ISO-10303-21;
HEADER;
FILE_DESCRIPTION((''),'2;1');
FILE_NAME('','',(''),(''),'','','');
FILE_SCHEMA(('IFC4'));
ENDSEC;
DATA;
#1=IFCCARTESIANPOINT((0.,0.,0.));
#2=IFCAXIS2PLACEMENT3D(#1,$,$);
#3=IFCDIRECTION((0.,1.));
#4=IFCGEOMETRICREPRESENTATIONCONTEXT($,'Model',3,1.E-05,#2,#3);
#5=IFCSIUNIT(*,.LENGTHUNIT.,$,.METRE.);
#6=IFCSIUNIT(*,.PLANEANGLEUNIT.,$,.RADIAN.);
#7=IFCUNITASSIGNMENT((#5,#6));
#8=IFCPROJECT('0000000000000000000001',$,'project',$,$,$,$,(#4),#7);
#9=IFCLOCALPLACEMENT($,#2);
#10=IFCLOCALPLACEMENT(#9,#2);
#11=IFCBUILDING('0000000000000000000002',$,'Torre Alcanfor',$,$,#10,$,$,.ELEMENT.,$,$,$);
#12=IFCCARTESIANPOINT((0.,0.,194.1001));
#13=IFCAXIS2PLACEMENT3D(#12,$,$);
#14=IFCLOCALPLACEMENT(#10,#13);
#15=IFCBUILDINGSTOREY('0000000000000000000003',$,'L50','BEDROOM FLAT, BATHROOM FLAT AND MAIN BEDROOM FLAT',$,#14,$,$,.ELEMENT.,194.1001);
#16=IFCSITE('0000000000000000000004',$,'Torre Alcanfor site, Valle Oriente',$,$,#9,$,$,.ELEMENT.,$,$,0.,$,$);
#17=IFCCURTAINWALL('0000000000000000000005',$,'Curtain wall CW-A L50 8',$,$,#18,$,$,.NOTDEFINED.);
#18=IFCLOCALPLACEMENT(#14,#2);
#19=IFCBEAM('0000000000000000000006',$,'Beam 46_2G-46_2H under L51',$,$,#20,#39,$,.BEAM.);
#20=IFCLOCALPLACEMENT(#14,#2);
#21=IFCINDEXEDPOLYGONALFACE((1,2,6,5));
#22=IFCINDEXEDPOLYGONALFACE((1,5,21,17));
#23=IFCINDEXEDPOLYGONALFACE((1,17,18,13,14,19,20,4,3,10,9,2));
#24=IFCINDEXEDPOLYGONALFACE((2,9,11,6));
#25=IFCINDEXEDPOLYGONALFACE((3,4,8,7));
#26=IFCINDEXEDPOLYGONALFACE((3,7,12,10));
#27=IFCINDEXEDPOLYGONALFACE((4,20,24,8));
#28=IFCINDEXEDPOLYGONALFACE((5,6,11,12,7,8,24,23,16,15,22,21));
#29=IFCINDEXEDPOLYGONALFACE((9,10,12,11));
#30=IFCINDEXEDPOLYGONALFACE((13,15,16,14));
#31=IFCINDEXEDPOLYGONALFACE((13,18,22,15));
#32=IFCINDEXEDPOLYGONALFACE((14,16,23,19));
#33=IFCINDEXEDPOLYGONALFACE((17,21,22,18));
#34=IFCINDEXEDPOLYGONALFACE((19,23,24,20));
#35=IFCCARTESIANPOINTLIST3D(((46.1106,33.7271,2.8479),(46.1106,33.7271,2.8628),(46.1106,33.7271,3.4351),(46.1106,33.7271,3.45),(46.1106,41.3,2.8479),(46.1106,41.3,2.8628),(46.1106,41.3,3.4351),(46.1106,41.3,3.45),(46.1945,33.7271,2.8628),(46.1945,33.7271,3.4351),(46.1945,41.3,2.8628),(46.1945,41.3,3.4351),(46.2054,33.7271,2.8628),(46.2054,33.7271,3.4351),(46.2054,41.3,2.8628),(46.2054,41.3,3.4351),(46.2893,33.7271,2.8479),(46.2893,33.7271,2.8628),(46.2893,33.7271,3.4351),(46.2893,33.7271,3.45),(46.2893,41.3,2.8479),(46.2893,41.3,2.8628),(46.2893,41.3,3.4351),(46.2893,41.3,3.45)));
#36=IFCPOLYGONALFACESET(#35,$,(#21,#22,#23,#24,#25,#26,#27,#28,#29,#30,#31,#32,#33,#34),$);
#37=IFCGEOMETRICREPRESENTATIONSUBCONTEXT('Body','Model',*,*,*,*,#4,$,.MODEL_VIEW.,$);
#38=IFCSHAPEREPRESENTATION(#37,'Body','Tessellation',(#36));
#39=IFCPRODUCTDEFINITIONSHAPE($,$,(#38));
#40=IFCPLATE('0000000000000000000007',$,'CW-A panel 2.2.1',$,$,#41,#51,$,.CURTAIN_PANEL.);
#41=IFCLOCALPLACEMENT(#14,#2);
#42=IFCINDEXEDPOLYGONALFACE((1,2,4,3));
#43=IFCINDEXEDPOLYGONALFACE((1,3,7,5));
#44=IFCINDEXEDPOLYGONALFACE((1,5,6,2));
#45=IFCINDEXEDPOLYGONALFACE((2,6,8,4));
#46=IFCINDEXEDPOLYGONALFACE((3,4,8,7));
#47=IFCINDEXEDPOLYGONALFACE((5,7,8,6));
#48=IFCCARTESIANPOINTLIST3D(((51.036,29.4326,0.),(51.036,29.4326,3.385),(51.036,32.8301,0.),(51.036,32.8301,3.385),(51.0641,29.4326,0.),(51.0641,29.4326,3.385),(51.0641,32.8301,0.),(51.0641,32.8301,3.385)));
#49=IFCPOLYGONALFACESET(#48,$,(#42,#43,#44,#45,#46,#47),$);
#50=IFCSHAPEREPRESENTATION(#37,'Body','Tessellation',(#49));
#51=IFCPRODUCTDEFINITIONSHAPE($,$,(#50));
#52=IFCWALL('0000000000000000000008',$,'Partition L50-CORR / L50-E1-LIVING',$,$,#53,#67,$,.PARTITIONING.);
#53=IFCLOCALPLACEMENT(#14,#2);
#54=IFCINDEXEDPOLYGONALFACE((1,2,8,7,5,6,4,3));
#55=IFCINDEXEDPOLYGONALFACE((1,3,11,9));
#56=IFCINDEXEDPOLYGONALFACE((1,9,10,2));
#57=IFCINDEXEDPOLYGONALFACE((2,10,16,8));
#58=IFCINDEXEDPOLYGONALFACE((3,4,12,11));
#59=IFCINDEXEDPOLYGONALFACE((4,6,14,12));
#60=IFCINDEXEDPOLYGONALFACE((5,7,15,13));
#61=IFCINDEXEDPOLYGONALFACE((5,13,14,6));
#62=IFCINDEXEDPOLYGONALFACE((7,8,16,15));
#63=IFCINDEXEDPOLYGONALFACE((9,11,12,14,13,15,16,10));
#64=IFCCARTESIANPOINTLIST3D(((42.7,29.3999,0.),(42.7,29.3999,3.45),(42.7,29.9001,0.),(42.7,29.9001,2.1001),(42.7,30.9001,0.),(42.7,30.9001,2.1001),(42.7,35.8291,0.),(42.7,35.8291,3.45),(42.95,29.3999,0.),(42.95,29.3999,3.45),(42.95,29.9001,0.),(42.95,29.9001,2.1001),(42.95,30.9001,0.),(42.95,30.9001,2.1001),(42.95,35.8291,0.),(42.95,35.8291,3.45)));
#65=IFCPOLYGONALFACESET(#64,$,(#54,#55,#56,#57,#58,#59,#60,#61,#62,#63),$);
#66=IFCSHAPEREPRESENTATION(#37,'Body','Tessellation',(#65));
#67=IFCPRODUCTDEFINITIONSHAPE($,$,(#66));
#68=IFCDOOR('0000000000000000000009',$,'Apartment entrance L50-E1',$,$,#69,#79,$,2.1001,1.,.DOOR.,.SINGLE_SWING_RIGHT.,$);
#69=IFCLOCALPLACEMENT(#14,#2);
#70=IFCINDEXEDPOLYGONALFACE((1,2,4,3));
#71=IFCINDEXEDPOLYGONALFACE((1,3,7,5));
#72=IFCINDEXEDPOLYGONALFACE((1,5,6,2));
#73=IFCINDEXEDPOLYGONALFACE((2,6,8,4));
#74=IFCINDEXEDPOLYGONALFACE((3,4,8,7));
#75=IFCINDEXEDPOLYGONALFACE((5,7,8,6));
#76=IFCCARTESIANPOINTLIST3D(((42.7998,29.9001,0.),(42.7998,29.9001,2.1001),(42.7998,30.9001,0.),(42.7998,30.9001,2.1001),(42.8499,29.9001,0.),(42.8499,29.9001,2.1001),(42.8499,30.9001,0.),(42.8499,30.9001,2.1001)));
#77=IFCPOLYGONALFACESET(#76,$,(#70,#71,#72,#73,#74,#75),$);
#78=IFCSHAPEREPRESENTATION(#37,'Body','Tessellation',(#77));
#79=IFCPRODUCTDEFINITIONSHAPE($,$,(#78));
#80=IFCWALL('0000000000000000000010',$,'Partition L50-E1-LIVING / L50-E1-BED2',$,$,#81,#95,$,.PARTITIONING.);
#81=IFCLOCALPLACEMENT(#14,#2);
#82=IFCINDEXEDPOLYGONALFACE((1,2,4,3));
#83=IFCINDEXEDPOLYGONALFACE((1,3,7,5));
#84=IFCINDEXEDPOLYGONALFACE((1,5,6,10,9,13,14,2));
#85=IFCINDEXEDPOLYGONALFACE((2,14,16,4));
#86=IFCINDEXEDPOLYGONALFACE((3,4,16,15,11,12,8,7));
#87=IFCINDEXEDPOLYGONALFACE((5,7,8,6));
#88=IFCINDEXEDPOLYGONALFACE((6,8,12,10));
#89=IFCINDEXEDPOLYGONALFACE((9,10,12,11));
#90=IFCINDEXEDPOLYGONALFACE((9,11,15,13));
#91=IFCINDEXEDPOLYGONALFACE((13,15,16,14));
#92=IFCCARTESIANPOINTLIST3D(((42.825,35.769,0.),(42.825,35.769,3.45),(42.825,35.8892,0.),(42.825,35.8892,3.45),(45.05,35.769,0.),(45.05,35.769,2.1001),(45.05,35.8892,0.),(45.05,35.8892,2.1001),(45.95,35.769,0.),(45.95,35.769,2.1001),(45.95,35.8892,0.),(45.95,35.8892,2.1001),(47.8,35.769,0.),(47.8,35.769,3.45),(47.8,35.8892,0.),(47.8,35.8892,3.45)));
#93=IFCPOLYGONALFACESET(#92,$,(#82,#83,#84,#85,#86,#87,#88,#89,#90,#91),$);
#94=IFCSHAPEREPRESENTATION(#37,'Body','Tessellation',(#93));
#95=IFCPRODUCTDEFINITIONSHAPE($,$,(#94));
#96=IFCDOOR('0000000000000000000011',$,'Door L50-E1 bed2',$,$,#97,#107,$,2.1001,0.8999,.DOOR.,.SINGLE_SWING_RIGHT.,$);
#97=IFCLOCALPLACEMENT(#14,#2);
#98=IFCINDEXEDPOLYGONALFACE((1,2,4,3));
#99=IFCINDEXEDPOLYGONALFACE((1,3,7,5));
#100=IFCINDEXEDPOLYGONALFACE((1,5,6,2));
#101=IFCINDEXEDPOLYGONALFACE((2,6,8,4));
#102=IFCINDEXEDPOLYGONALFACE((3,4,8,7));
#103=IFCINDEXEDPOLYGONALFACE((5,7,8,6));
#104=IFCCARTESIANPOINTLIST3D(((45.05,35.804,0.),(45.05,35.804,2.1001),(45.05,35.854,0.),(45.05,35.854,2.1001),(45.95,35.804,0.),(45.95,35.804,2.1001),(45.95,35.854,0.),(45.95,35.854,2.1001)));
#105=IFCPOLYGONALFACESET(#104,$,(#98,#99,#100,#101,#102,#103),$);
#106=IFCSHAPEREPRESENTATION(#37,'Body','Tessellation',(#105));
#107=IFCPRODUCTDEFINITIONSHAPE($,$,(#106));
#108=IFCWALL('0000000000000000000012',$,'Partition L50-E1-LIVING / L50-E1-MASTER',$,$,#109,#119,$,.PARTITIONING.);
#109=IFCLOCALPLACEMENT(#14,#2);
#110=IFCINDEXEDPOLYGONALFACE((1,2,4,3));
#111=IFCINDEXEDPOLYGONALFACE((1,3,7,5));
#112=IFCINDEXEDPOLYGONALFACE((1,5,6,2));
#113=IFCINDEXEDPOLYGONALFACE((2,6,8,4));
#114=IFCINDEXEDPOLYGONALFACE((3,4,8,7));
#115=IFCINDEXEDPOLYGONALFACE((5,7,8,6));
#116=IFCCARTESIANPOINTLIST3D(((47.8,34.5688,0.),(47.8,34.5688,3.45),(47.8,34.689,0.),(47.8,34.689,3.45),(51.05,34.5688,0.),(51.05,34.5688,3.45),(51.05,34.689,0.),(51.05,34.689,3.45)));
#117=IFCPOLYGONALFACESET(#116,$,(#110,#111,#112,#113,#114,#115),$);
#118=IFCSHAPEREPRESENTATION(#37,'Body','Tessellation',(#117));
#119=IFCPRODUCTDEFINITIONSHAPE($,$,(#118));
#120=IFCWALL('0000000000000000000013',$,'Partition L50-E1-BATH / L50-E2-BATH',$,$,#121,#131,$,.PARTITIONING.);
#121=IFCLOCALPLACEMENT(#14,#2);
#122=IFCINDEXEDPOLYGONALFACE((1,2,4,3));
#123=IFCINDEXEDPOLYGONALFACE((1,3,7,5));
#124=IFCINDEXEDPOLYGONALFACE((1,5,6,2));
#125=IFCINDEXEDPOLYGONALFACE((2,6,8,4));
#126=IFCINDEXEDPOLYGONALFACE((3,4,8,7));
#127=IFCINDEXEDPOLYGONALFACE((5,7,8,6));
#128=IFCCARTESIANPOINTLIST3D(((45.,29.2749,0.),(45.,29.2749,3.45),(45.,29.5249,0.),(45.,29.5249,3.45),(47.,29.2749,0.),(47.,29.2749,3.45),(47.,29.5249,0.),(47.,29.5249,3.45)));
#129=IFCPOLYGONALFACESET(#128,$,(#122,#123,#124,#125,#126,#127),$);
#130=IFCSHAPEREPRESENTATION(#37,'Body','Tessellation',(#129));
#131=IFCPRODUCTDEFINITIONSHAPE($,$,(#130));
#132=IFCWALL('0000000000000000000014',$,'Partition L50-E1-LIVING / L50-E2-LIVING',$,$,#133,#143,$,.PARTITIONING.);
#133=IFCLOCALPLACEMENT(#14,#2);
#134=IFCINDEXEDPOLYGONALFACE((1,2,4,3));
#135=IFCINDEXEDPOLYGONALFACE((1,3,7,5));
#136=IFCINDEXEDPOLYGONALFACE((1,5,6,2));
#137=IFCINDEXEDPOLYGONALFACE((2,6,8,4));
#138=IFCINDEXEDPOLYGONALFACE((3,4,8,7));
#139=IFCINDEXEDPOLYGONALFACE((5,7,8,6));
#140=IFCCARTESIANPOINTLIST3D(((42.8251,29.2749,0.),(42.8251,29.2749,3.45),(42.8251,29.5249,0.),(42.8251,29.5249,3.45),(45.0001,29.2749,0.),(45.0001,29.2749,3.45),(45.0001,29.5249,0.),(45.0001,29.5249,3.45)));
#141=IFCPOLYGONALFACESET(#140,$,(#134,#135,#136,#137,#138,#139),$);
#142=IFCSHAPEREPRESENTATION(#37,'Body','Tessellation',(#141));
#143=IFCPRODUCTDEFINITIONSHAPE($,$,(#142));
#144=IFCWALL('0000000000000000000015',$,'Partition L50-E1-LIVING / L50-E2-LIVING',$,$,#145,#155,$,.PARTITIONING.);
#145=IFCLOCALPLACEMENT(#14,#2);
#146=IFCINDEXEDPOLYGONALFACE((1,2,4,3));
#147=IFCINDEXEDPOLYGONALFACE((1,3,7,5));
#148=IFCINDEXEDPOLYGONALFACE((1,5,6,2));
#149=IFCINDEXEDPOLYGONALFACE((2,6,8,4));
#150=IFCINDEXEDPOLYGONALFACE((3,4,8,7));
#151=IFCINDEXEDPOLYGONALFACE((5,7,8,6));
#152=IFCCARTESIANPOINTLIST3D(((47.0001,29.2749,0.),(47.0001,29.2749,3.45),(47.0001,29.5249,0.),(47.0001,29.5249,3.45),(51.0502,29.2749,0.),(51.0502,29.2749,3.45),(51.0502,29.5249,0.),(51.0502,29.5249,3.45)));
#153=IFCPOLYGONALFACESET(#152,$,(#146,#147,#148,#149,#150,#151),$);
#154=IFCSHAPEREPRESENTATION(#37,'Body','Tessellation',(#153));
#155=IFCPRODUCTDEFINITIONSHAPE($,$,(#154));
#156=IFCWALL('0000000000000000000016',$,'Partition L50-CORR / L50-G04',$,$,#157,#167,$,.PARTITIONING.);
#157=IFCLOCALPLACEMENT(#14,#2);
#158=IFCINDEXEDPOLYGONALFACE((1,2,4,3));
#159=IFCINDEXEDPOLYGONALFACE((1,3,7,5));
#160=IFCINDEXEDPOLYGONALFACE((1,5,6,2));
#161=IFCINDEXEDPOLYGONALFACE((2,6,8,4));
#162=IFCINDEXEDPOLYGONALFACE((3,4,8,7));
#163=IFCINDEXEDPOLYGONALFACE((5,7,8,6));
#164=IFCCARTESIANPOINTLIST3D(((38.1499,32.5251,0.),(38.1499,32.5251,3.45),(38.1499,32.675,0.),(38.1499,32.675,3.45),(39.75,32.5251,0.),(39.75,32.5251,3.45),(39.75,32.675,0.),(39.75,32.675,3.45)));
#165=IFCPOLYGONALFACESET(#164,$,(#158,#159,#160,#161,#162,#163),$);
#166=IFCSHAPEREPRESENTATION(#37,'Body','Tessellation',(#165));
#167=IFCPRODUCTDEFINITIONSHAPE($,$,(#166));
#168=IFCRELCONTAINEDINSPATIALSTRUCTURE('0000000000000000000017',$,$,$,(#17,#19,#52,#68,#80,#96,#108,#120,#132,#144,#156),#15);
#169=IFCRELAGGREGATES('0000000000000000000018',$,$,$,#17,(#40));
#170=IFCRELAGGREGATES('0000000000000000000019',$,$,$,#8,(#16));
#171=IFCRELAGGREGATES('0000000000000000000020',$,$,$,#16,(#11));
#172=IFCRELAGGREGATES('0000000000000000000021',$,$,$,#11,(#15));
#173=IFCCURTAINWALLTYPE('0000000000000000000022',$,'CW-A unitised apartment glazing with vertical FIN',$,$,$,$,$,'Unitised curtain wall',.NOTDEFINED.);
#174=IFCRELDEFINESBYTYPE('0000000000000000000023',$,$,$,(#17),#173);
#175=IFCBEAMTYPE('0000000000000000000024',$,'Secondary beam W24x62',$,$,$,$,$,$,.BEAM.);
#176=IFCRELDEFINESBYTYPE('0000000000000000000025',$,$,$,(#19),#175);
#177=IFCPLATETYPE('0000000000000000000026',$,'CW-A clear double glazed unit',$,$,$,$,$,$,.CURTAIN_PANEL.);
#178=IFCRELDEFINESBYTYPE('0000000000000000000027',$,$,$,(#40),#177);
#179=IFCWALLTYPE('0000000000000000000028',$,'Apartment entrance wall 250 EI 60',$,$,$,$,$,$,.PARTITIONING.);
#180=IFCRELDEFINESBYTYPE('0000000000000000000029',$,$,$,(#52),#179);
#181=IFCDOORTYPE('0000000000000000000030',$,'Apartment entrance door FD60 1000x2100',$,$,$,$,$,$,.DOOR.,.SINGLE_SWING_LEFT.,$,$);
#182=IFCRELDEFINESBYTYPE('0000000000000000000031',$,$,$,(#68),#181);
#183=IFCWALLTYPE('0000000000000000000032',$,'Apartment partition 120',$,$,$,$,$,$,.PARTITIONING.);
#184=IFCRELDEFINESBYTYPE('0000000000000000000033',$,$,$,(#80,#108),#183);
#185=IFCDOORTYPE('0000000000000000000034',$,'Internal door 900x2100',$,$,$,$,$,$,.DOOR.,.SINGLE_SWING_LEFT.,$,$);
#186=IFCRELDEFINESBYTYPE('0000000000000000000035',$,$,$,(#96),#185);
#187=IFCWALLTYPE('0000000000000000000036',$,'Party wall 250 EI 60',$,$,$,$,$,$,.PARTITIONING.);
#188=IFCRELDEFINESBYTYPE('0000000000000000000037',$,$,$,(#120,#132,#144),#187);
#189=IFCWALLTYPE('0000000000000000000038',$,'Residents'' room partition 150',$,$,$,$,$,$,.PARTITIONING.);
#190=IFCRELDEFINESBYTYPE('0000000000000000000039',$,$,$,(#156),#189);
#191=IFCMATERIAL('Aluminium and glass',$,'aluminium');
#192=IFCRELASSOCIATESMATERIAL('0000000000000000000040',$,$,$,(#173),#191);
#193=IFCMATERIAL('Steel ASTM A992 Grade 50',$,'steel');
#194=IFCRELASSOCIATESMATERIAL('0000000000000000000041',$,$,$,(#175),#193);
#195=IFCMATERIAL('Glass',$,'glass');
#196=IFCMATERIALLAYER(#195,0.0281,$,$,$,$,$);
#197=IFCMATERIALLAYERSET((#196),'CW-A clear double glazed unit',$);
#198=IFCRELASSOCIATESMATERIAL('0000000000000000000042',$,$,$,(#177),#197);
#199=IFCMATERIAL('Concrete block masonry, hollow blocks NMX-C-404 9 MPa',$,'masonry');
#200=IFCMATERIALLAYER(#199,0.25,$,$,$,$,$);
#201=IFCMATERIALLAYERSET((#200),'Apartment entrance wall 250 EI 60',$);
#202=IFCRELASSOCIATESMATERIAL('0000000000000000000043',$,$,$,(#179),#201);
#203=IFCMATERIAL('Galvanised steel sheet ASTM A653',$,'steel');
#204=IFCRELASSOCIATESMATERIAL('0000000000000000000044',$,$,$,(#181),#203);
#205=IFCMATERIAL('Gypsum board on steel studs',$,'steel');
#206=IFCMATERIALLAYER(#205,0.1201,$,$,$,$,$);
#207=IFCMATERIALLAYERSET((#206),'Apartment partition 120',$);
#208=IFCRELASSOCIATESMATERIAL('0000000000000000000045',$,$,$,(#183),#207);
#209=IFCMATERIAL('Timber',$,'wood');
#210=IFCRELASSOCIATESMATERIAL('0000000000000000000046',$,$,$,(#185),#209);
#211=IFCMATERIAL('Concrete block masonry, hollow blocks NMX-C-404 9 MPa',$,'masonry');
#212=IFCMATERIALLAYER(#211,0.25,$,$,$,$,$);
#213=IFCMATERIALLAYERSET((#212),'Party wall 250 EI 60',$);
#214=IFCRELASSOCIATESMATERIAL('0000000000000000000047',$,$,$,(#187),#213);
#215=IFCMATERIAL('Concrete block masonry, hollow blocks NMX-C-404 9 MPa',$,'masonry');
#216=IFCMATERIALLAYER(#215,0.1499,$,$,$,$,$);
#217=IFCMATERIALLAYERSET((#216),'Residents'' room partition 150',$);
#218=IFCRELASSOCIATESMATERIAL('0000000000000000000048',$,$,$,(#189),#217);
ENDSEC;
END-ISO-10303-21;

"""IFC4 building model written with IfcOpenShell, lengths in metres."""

from ifc_helpers import new_model, si_unit, direction, frame, frame_2d, origin, origin_2d, place, context, subcontext, project, spatial, rectangle, i_section, extrude, material, layer, layer_set, material_profile, profile_set, type_object, element, fill, aggregate, save


model = new_model("IFC4")

# Units and contexts
model_context = context("Model", 3, precision=1e-05, world=origin(), true_north=direction((0.0, 1.0)))
body_context = subcontext(model_context, "Body", "Model", "MODEL_VIEW")
ifc_project = project(units=[si_unit("LENGTHUNIT", "METRE"), si_unit("PLANEANGLEUNIT", "RADIAN")], contexts=[model_context])

# Site, building, storey
site_placement = place(None, origin())
site = spatial("IfcSite", under=ifc_project, at=site_placement, Name="Torre Alcanfor site, Valle Oriente", CompositionType="ELEMENT", RefElevation=0.0)
building_placement = place(site_placement, origin())
building = spatial("IfcBuilding", under=site, at=building_placement, Name="Torre Alcanfor", CompositionType="ELEMENT")
storey_placement = place(building_placement, frame((0.0, 0.0, 194.1001)))
storey = spatial("IfcBuildingStorey", under=building, at=storey_placement, Name="L50", Description="BEDROOM FLAT, BATHROOM FLAT AND MAIN BEDROOM FLAT", CompositionType="ELEMENT", Elevation=194.1001)

# Curtain wall
ifc_material_1 = material(Name="Aluminium and glass", Category="aluminium")
curtain_wall_type = type_object("IfcCurtainWallType", Name="CW-A unitised apartment glazing with vertical FIN", ElementType="Unitised curtain wall", PredefinedType="NOTDEFINED", material=ifc_material_1)
curtain_wall_placement = place(storey_placement, origin())
curtain_wall = element("IfcCurtainWall", 1, at=curtain_wall_placement, inside=storey, type_object=curtain_wall_type, Name="Curtain wall CW-A L50 8", PredefinedType="NOTDEFINED")

# Beam
ifc_material_2 = material(Name="Steel ASTM A992 Grade 50", Category="steel")
ifc_material_profile_1 = material_profile(ifc_material_2, i_section(OverallWidth=0.1787, OverallDepth=0.6021, WebThickness=0.011, FlangeThickness=0.0149, at=origin_2d()), Name="W24x62")
ifc_profile_set_1 = profile_set([ifc_material_profile_1], Name="Steel ASTM A992 Grade 50")
beam_type_1 = type_object("IfcBeamType", Name="Secondary beam W24x62", PredefinedType="BEAM", material=ifc_profile_set_1)
beam_1_placement = place(storey_placement, frame((46.2, 33.7271, 3.1489), z_axis=(0.0, 1.0, 0.0), x_axis=(-1.0, 0.0, 0.0)))
element("IfcBeam", 2, at=beam_1_placement, inside=storey, type_object=beam_type_1, Name="Beam 46_2G-46_2H under L51", PredefinedType="BEAM", context=body_context, shape_type="SweptSolid", body=[
    extrude(i_section(OverallWidth=0.1787, OverallDepth=0.6021, WebThickness=0.011, FlangeThickness=0.0149, at=origin_2d()), origin(), (0.0, 0.0, 1.0), 7.573),
])

# Plate
ifc_material_3 = material(Name="Glass", Category="glass")
ifc_layer_1 = layer(ifc_material_3, 0.0281)
ifc_layer_set_1 = layer_set([ifc_layer_1], Name="CW-A clear double glazed unit")
plate_type = type_object("IfcPlateType", Name="CW-A clear double glazed unit", PredefinedType="CURTAIN_PANEL", material=ifc_layer_set_1)
plate_placement = place(storey_placement, frame((51.05, 31.1313, 0.0), z_axis=(0.0, 0.0, 1.0), x_axis=(0.0, 1.0, 0.0)))
plate = element("IfcPlate", 3, at=plate_placement, type_object=plate_type, Name="CW-A panel 2.2.1", PredefinedType="CURTAIN_PANEL", context=body_context, shape_type="SweptSolid", body=[
    extrude(rectangle(XDim=3.3975, YDim=0.0281, at=origin_2d()), origin(), (0.0, 0.0, 1.0), 3.385),
])
aggregate(curtain_wall, [plate])

# Walls, openings, doors
ifc_material_4 = material(Name="Concrete block masonry, hollow blocks NMX-C-404 9 MPa", Category="masonry")
ifc_layer_2 = layer(ifc_material_4, 0.25)
ifc_layer_set_2 = layer_set([ifc_layer_2], Name="Apartment entrance wall 250 EI 60")
wall_type_1 = type_object("IfcWallType", Name="Apartment entrance wall 250 EI 60", PredefinedType="PARTITIONING", material=ifc_layer_set_2)
wall_1_placement = place(storey_placement, frame((42.825, 35.8291, 0.0), z_axis=(0.0, 0.0, 1.0), x_axis=(0.0, -1.0, 0.0)))
wall_1 = element("IfcWall", 4, at=wall_1_placement, inside=storey, type_object=wall_type_1, Name="Partition L50-CORR / L50-E1-LIVING", PredefinedType="PARTITIONING", context=body_context, shape_type="SweptSolid", body=[
    extrude(rectangle(XDim=6.4292, YDim=0.25, at=frame_2d((3.2146, 0.0))), origin(), (0.0, 0.0, 1.0), 3.45),
])
opening_1_placement = place(wall_1_placement, frame((4.929, 0.0, 0.0)))
opening_1 = element("IfcOpeningElement", 5, at=opening_1_placement, cuts=wall_1, PredefinedType="OPENING", context=body_context, shape_type="SweptSolid", body=[
    extrude(rectangle(XDim=1.0, YDim=2.1001, at=frame_2d((0.5, 1.05))), frame((0.0, 0.135, 0.0), z_axis=(0.0, -1.0, 0.0), x_axis=(1.0, 0.0, 0.0)), (0.0, 0.0, 1.0), 0.27),
])
ifc_material_5 = material(Name="Galvanised steel sheet ASTM A653", Category="steel")
door_type_1 = type_object("IfcDoorType", Name="Apartment entrance door FD60 1000x2100", OperationType="SINGLE_SWING_LEFT", PredefinedType="DOOR", material=ifc_material_5)
door_1_placement = place(opening_1_placement, origin())
door_1 = element("IfcDoor", 6, at=door_1_placement, inside=storey, type_object=door_type_1, Name="Apartment entrance L50-E1", OperationType="SINGLE_SWING_RIGHT", OverallHeight=2.1001, OverallWidth=1.0, PredefinedType="DOOR", context=body_context, shape_type="SweptSolid", body=[
    extrude(rectangle(XDim=1.0, YDim=2.1001, at=frame_2d((0.5, 1.05))), frame((0.0, 0.0249, 0.0), z_axis=(0.0, -1.0, 0.0), x_axis=(1.0, 0.0, 0.0)), (0.0, 0.0, 1.0), 0.05),
])
fill(opening_1, door_1)
ifc_material_6 = material(Name="Gypsum board on steel studs", Category="steel")
ifc_layer_3 = layer(ifc_material_6, 0.1201)
ifc_layer_set_3 = layer_set([ifc_layer_3], Name="Apartment partition 120")
wall_type_2 = type_object("IfcWallType", Name="Apartment partition 120", PredefinedType="PARTITIONING", material=ifc_layer_set_3)
wall_2_placement = place(storey_placement, frame((42.825, 35.8291, 0.0), z_axis=(0.0, 0.0, 1.0), x_axis=(1.0, 0.0, 0.0)))
wall_2 = element("IfcWall", 7, at=wall_2_placement, inside=storey, type_object=wall_type_2, Name="Partition L50-E1-LIVING / L50-E1-BED2", PredefinedType="PARTITIONING", context=body_context, shape_type="SweptSolid", body=[
    extrude(rectangle(XDim=4.9751, YDim=0.1201, at=frame_2d((2.4875, 0.0))), origin(), (0.0, 0.0, 1.0), 3.45),
])
opening_2_placement = place(wall_2_placement, frame((2.2251, 0.0, 0.0)))
opening_2 = element("IfcOpeningElement", 8, at=opening_2_placement, cuts=wall_2, PredefinedType="OPENING", context=body_context, shape_type="SweptSolid", body=[
    extrude(rectangle(XDim=0.8999, YDim=2.1001, at=frame_2d((0.45, 1.05))), frame((0.0, 0.0701, 0.0), z_axis=(0.0, -1.0, 0.0), x_axis=(1.0, 0.0, 0.0)), (0.0, 0.0, 1.0), 0.1401),
])
ifc_material_7 = material(Name="Timber", Category="wood")
door_type_2 = type_object("IfcDoorType", Name="Internal door 900x2100", OperationType="SINGLE_SWING_LEFT", PredefinedType="DOOR", material=ifc_material_7)
door_2_placement = place(opening_2_placement, origin())
door_2 = element("IfcDoor", 9, at=door_2_placement, inside=storey, type_object=door_type_2, Name="Door L50-E1 bed2", OperationType="SINGLE_SWING_RIGHT", OverallHeight=2.1001, OverallWidth=0.8999, PredefinedType="DOOR", context=body_context, shape_type="SweptSolid", body=[
    extrude(rectangle(XDim=0.8999, YDim=2.1001, at=frame_2d((0.45, 1.05))), frame((0.0, 0.0249, 0.0), z_axis=(0.0, -1.0, 0.0), x_axis=(1.0, 0.0, 0.0)), (0.0, 0.0, 1.0), 0.05),
])
fill(opening_2, door_2)

# Walls
wall_3_placement = place(storey_placement, frame((47.8, 34.6289, 0.0), z_axis=(0.0, 0.0, 1.0), x_axis=(1.0, 0.0, 0.0)))
element("IfcWall", 10, at=wall_3_placement, inside=storey, type_object=wall_type_2, Name="Partition L50-E1-LIVING / L50-E1-MASTER", PredefinedType="PARTITIONING", context=body_context, shape_type="SweptSolid", body=[
    extrude(rectangle(XDim=3.25, YDim=0.1201, at=frame_2d((1.625, 0.0))), origin(), (0.0, 0.0, 1.0), 3.45),
])
ifc_material_8 = material(Name="Concrete block masonry, hollow blocks NMX-C-404 9 MPa", Category="masonry")
ifc_layer_4 = layer(ifc_material_8, 0.25)
ifc_layer_set_4 = layer_set([ifc_layer_4], Name="Party wall 250 EI 60")
wall_type_3 = type_object("IfcWallType", Name="Party wall 250 EI 60", PredefinedType="PARTITIONING", material=ifc_layer_set_4)
wall_4_placement = place(storey_placement, frame((45.0, 29.3999, 0.0), z_axis=(0.0, 0.0, 1.0), x_axis=(1.0, 0.0, 0.0)))
element("IfcWall", 11, at=wall_4_placement, inside=storey, type_object=wall_type_3, Name="Partition L50-E1-BATH / L50-E2-BATH", PredefinedType="PARTITIONING", context=body_context, shape_type="SweptSolid", body=[
    extrude(rectangle(XDim=2.0, YDim=0.25, at=frame_2d((1.0, 0.0))), origin(), (0.0, 0.0, 1.0), 3.45),
])
wall_5_placement = place(storey_placement, frame((45.0, 29.3999, 0.0), z_axis=(0.0, 0.0, 1.0), x_axis=(-1.0, 0.0, 0.0)))
element("IfcWall", 12, at=wall_5_placement, inside=storey, type_object=wall_type_3, Name="Partition L50-E1-LIVING / L50-E2-LIVING", PredefinedType="PARTITIONING", context=body_context, shape_type="SweptSolid", body=[
    extrude(rectangle(XDim=2.175, YDim=0.25, at=frame_2d((1.0874, 0.0))), origin(), (0.0, 0.0, 1.0), 3.45),
])
wall_6_placement = place(storey_placement, frame((51.05, 29.3999, 0.0), z_axis=(0.0, 0.0, 1.0), x_axis=(-1.0, 0.0, 0.0)))
element("IfcWall", 13, at=wall_6_placement, inside=storey, type_object=wall_type_3, Name="Partition L50-E1-LIVING / L50-E2-LIVING", PredefinedType="PARTITIONING", context=body_context, shape_type="SweptSolid", body=[
    extrude(rectangle(XDim=4.05, YDim=0.25, at=frame_2d((2.0249, 0.0))), origin(), (0.0, 0.0, 1.0), 3.45),
])
ifc_material_9 = material(Name="Concrete block masonry, hollow blocks NMX-C-404 9 MPa", Category="masonry")
ifc_layer_5 = layer(ifc_material_9, 0.1499)
ifc_layer_set_5 = layer_set([ifc_layer_5], Name="Residents' room partition 150")
wall_type_4 = type_object("IfcWallType", Name="Residents' room partition 150", PredefinedType="PARTITIONING", material=ifc_layer_set_5)
wall_7_placement = place(storey_placement, frame((39.75, 32.6001, 0.0), z_axis=(0.0, 0.0, 1.0), x_axis=(-1.0, 0.0, 0.0)))
element("IfcWall", 14, at=wall_7_placement, inside=storey, type_object=wall_type_4, Name="Partition L50-CORR / L50-G04", PredefinedType="PARTITIONING", context=body_context, shape_type="SweptSolid", body=[
    extrude(rectangle(XDim=1.6001, YDim=0.1499, at=frame_2d((0.8, 0.0))), origin(), (0.0, 0.0, 1.0), 3.45),
])

save(model, "model.ifc")
